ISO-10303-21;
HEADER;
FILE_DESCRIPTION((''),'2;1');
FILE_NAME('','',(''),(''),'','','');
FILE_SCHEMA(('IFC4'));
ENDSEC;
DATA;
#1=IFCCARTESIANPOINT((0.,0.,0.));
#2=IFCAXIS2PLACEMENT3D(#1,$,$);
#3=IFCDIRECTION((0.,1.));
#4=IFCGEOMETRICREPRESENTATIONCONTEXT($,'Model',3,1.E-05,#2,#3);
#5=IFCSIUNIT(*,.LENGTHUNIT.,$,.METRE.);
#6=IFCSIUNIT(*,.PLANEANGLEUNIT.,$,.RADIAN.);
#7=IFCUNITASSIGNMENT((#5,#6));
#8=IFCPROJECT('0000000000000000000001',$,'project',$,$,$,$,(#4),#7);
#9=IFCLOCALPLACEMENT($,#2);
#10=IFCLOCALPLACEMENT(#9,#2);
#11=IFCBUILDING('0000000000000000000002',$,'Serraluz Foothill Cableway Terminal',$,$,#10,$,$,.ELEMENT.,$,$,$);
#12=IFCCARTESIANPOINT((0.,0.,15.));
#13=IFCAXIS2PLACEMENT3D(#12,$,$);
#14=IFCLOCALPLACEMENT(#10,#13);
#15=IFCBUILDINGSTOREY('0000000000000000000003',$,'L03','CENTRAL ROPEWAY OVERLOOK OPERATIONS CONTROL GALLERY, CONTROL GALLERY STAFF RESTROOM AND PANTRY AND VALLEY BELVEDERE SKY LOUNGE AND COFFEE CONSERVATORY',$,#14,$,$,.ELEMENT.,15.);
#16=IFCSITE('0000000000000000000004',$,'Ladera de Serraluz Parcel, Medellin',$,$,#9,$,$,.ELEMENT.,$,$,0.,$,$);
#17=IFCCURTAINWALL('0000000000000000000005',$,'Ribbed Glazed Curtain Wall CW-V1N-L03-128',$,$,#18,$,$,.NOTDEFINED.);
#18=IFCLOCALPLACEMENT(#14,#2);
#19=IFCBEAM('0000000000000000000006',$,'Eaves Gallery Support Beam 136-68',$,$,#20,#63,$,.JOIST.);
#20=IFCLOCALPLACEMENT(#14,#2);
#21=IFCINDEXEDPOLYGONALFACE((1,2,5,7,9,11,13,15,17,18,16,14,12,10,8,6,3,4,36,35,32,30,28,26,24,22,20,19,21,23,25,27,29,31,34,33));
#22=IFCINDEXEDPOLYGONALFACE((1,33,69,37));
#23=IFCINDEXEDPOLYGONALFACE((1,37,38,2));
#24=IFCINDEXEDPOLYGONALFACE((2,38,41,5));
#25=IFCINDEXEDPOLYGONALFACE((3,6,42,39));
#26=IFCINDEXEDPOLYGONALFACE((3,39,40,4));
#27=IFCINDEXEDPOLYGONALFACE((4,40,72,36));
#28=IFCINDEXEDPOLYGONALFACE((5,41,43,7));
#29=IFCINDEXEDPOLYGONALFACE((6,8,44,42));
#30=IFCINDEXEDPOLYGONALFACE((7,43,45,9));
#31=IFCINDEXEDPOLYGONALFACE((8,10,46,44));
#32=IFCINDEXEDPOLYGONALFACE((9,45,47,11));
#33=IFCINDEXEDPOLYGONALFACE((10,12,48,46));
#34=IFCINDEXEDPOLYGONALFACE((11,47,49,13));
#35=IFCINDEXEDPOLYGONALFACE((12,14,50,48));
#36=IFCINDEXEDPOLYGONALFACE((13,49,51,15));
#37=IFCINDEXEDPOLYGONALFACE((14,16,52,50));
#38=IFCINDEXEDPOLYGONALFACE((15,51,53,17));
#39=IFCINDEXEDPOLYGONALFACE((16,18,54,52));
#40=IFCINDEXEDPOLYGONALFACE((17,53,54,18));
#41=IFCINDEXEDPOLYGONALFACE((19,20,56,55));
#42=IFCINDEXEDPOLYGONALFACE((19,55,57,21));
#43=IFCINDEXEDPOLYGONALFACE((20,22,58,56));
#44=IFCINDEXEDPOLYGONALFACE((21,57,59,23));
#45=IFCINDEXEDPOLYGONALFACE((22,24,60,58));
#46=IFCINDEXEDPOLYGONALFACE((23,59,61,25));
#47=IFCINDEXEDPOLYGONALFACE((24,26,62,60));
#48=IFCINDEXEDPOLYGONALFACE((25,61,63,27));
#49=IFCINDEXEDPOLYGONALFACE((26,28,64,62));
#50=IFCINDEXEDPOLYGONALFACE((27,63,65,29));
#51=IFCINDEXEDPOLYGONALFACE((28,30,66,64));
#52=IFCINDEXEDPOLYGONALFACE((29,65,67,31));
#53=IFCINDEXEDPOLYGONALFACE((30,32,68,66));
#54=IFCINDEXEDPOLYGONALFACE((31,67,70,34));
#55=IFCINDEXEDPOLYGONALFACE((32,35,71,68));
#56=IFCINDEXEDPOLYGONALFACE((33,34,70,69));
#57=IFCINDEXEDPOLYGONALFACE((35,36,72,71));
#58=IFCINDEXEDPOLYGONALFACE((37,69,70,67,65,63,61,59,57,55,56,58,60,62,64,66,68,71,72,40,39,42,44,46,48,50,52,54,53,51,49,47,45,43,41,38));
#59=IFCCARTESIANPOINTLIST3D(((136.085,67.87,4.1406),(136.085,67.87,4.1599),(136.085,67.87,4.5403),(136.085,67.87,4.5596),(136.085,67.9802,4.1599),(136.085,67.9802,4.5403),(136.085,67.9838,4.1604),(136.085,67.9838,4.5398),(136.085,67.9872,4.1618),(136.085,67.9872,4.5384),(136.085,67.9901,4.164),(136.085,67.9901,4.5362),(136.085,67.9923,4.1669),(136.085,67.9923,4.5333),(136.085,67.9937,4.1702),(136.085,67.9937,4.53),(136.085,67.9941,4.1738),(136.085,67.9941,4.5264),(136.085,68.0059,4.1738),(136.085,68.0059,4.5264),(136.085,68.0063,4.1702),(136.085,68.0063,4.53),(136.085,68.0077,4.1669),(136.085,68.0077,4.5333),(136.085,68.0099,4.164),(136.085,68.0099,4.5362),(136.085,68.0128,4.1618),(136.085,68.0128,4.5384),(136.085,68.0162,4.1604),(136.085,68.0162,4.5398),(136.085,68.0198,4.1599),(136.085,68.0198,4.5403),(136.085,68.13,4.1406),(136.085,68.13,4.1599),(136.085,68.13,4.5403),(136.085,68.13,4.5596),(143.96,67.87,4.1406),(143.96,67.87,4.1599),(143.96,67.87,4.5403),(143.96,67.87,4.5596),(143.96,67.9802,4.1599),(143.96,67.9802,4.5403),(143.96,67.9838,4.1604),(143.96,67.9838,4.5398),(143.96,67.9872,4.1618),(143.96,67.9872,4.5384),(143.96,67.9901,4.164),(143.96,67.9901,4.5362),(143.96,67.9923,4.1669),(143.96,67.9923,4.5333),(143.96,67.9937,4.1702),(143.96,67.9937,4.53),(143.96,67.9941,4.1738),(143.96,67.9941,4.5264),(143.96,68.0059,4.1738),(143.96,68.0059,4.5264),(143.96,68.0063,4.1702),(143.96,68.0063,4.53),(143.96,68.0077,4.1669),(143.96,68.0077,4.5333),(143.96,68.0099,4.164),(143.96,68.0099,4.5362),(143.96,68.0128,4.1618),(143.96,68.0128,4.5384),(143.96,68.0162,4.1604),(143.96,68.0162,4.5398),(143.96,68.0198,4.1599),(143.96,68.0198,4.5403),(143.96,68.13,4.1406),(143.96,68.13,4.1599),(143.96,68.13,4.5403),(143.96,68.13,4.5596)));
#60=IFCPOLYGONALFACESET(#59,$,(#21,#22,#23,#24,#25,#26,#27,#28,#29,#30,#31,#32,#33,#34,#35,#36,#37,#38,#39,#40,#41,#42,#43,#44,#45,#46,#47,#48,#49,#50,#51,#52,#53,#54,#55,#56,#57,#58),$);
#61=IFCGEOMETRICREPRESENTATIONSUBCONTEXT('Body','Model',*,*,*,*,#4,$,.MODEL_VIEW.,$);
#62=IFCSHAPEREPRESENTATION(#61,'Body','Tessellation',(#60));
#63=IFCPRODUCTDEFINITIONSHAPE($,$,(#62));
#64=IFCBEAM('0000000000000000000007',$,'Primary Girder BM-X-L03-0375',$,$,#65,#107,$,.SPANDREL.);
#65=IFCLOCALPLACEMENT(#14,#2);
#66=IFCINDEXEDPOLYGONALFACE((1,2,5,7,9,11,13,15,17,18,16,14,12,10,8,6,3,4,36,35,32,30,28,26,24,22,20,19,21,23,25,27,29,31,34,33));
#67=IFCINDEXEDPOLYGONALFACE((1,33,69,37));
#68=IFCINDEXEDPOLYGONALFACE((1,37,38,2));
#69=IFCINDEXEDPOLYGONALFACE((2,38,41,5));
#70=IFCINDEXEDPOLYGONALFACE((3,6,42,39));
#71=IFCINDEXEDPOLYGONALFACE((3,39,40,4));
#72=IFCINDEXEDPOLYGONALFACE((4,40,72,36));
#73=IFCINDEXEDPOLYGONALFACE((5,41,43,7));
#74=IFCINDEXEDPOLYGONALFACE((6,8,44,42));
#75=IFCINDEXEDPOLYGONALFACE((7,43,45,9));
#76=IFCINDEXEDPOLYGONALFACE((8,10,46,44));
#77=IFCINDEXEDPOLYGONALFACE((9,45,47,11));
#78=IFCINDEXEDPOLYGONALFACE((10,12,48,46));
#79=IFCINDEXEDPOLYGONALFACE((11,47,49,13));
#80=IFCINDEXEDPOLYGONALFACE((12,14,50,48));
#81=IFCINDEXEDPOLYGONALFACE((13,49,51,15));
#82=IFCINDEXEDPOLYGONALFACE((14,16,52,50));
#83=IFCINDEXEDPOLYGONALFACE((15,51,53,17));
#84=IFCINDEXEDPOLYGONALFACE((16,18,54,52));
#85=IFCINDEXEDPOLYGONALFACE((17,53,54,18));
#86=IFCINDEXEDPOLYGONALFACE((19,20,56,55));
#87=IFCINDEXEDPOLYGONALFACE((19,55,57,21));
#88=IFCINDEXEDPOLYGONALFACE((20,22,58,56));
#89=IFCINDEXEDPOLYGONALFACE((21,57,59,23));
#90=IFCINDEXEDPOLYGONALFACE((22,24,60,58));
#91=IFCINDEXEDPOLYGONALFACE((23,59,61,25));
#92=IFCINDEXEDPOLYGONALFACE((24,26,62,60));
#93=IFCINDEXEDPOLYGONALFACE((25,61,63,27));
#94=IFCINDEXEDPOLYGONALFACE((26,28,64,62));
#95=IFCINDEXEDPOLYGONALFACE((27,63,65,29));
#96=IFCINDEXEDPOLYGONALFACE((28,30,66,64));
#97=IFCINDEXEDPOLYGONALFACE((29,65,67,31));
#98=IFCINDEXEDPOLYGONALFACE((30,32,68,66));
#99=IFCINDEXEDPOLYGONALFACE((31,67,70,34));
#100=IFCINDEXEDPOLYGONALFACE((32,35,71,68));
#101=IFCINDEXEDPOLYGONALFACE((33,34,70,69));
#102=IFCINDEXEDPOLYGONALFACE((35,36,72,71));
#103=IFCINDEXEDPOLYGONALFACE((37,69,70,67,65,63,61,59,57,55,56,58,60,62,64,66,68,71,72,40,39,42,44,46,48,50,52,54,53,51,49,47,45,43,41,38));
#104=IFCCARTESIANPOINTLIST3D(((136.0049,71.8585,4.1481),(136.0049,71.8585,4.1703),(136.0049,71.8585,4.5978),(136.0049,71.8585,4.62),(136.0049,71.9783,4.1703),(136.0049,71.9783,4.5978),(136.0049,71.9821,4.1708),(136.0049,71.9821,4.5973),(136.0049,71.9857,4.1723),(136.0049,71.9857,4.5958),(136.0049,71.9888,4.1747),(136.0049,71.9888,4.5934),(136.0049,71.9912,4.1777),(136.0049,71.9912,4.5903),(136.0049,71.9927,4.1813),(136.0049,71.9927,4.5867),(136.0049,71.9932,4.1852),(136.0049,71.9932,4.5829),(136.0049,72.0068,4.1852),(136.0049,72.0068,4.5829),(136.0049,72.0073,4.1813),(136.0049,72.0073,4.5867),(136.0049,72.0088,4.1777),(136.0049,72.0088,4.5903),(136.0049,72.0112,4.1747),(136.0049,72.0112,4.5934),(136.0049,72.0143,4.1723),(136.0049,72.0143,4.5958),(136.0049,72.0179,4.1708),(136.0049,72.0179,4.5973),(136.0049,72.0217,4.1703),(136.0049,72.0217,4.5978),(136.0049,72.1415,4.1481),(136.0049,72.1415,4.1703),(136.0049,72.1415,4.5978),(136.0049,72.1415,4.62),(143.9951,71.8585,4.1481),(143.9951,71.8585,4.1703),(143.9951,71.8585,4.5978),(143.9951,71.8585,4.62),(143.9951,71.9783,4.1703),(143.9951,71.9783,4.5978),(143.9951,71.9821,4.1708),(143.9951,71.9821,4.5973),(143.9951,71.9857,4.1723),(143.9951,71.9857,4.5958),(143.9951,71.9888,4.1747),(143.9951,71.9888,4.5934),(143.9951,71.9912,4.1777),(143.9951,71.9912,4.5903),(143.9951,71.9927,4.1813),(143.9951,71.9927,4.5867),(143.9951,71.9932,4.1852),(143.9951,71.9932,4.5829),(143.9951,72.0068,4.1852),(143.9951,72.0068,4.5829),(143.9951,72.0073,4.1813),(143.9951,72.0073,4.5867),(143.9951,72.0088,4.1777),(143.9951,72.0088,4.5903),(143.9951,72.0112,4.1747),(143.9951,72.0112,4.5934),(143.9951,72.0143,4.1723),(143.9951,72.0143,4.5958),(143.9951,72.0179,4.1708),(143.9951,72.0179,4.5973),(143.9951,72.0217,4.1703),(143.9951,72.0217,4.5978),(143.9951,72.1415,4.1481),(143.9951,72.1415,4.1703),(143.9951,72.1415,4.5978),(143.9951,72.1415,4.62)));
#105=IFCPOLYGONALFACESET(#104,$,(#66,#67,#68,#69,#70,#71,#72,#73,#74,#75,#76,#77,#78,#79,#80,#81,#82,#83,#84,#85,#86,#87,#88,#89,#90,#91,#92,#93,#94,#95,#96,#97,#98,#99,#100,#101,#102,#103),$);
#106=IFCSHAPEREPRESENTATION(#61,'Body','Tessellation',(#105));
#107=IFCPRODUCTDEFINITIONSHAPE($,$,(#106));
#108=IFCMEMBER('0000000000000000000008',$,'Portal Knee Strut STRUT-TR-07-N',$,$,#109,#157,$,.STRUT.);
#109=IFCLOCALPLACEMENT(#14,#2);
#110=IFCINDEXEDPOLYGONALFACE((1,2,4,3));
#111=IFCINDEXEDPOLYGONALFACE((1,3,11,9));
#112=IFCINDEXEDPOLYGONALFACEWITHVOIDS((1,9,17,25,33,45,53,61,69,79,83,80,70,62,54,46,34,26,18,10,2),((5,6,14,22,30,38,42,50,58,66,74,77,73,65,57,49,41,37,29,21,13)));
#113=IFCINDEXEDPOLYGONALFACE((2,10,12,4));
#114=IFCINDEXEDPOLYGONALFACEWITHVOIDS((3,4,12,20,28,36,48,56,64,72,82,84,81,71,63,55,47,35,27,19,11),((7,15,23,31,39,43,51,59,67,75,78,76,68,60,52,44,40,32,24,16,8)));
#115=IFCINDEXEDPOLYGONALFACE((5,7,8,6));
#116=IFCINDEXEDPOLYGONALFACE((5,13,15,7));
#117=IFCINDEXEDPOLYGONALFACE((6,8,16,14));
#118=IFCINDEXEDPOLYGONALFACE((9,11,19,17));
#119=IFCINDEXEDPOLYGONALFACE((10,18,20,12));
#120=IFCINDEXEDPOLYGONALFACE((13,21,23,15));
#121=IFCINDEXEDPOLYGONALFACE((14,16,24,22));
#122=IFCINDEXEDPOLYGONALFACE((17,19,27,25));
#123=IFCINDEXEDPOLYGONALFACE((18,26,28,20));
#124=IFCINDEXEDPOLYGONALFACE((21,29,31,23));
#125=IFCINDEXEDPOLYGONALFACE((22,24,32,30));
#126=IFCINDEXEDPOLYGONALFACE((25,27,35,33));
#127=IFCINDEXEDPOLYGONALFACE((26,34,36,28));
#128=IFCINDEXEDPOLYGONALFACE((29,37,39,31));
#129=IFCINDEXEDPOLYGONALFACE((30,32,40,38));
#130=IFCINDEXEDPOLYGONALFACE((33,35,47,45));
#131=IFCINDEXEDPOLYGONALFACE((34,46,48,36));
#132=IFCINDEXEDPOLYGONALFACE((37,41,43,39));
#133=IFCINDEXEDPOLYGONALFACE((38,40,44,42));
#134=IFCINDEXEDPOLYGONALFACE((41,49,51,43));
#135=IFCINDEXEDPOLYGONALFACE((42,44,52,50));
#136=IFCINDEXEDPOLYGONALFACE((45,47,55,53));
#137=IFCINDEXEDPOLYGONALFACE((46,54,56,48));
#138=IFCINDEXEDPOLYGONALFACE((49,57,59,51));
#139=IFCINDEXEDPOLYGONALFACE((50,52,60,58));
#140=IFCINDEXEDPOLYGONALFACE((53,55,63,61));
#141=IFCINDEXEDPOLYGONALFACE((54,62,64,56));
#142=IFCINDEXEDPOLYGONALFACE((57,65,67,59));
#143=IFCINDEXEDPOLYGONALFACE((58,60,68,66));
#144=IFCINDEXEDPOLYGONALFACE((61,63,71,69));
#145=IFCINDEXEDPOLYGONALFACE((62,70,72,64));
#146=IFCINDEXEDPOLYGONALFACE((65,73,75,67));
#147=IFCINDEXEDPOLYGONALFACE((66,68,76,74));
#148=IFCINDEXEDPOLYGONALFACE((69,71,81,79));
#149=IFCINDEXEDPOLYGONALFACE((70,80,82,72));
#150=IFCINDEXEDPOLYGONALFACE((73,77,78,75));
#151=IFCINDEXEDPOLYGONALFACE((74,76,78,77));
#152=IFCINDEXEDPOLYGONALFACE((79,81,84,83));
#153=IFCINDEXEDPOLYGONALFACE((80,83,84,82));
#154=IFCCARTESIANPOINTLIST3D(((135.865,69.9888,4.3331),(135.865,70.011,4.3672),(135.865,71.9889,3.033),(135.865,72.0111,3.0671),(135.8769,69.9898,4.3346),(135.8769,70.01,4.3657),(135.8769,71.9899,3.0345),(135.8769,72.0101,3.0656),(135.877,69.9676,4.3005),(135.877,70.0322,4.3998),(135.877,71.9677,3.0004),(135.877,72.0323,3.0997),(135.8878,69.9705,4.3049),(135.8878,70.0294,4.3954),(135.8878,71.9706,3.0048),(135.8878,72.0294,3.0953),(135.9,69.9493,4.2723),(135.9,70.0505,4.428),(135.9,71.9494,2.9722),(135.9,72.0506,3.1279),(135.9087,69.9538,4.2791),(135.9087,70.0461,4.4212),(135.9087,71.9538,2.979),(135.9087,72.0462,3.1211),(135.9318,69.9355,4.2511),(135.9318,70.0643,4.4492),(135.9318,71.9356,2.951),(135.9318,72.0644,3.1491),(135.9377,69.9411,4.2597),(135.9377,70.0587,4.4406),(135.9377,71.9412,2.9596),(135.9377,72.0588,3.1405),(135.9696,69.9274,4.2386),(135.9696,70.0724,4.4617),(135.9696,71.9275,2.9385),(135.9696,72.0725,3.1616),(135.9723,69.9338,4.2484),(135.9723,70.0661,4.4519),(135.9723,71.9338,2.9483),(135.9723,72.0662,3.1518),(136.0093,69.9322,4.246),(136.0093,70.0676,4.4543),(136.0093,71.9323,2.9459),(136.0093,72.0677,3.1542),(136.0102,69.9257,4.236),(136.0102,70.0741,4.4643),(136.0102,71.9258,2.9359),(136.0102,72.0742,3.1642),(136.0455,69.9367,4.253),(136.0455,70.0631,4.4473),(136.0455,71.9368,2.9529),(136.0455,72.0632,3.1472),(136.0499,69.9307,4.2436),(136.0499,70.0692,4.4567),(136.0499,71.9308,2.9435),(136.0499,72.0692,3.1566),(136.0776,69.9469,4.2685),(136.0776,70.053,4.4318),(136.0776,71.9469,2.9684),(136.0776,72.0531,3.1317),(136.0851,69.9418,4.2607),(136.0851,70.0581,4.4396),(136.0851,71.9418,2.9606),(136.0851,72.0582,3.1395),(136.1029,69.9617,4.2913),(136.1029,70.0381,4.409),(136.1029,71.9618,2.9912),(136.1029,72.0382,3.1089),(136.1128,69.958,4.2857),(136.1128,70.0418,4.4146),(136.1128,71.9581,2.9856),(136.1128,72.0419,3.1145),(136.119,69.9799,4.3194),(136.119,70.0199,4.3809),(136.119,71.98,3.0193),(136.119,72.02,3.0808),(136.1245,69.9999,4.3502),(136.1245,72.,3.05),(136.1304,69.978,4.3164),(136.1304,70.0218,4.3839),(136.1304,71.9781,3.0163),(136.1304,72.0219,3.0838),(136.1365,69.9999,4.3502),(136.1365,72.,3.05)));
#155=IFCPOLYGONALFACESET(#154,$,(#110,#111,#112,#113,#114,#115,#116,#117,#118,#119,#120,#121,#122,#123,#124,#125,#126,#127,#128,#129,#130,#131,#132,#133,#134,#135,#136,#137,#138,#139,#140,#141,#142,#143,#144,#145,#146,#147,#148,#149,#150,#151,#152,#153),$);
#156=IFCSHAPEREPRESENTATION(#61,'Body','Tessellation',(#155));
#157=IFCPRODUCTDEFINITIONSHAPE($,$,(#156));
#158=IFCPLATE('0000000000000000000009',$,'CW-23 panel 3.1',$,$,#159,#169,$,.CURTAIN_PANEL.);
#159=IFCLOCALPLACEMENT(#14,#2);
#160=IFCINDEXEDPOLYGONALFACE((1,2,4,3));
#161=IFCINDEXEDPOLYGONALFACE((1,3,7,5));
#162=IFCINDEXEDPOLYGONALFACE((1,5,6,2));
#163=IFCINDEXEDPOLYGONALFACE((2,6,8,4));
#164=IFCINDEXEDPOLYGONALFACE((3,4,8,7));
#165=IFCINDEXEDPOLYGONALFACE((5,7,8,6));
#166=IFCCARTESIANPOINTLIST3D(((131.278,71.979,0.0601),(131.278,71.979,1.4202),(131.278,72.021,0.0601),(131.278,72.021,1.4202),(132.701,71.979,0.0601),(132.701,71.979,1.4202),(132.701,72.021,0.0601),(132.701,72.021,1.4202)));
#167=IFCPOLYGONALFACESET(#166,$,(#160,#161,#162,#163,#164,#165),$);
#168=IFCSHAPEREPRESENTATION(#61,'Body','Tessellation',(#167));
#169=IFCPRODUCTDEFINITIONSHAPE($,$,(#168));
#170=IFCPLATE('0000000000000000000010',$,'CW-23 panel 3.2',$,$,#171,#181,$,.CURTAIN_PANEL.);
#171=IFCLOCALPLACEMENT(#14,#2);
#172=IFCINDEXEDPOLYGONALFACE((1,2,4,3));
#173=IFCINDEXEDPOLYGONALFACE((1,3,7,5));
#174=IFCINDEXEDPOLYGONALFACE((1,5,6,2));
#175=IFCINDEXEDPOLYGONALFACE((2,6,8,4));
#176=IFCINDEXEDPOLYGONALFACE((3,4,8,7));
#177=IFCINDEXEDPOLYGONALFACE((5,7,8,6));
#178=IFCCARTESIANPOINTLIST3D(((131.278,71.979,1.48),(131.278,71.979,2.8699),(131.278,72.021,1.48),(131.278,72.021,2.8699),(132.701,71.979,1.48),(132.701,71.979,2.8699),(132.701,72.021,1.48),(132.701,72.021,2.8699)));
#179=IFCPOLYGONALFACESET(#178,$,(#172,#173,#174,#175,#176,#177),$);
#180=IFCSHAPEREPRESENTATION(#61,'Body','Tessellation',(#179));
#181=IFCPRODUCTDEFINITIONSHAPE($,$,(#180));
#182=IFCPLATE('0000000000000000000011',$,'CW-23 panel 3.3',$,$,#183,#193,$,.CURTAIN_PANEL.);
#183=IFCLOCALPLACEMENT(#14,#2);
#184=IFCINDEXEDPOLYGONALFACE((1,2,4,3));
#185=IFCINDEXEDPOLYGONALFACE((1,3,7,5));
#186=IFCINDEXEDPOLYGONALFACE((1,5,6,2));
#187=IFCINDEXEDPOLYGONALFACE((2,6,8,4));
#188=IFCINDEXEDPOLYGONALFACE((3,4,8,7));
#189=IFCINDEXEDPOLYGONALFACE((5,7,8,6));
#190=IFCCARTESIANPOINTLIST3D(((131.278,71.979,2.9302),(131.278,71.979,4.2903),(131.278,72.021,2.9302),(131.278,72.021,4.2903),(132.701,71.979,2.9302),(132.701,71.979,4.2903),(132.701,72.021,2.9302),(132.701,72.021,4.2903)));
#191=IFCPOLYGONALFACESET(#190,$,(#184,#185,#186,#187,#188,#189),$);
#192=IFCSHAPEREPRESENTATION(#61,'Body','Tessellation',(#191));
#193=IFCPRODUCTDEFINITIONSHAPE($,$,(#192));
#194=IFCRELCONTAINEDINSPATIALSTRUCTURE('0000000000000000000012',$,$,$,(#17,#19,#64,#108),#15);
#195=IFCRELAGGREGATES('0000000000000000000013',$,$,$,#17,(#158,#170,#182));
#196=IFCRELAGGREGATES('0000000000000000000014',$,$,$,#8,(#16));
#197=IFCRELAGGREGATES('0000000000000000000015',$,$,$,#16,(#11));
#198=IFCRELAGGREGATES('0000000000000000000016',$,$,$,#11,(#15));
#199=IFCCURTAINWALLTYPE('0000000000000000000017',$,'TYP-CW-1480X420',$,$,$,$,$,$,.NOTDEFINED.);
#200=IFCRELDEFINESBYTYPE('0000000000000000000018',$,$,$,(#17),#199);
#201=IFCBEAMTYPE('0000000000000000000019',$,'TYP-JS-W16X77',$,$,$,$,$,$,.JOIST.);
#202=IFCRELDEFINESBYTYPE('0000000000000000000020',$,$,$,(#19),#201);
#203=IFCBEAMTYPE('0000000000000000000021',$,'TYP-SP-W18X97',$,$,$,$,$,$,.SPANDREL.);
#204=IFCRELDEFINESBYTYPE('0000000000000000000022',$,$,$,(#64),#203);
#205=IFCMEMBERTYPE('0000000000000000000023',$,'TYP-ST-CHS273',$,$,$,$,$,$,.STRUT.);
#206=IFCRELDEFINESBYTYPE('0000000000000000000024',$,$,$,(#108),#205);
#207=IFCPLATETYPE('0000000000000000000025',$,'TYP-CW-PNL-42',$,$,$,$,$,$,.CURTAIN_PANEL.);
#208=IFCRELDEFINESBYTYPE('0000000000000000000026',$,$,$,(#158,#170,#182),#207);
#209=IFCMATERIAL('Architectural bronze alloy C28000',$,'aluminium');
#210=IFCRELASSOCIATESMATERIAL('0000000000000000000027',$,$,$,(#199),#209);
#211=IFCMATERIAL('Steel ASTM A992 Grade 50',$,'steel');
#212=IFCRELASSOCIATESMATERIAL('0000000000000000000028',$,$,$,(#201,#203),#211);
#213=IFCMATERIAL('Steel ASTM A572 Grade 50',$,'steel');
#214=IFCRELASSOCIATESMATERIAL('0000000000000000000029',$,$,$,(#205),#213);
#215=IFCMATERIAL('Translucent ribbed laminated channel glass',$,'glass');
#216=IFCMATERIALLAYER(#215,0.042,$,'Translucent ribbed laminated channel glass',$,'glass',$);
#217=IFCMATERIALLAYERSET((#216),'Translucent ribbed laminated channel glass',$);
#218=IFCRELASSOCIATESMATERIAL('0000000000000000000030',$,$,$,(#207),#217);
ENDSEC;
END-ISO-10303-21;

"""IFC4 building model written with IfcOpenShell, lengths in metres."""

from ifc_helpers import new_model, si_unit, direction, frame, origin, origin_2d, place, context, subcontext, project, spatial, rectangle, hollow_circle, i_section, extrude, material, layer, layer_set, material_profile, profile_set, type_object, element, aggregate, save


model = new_model("IFC4")

# Units and contexts
model_context = context("Model", 3, precision=1e-05, world=origin(), true_north=direction((0.0, 1.0)))
body_context = subcontext(model_context, "Body", "Model", "MODEL_VIEW")
ifc_project = project(units=[si_unit("LENGTHUNIT", "METRE"), si_unit("PLANEANGLEUNIT", "RADIAN")], contexts=[model_context])

# Site, building, storey
site_placement = place(None, origin())
site = spatial("IfcSite", under=ifc_project, at=site_placement, Name="Ladera de Serraluz Parcel, Medellin", CompositionType="ELEMENT", RefElevation=0.0)
building_placement = place(site_placement, origin())
building = spatial("IfcBuilding", under=site, at=building_placement, Name="Serraluz Foothill Cableway Terminal", CompositionType="ELEMENT")
storey_placement = place(building_placement, frame((0.0, 0.0, 15.0)))
storey = spatial("IfcBuildingStorey", under=building, at=storey_placement, Name="L03", Description="CENTRAL ROPEWAY OVERLOOK OPERATIONS CONTROL GALLERY, CONTROL GALLERY STAFF RESTROOM AND PANTRY AND VALLEY BELVEDERE SKY LOUNGE AND COFFEE CONSERVATORY", CompositionType="ELEMENT", Elevation=15.0)

# Shared definitions
ifc_material_1 = material(Name="Steel ASTM A992 Grade 50", Category="steel")

# Curtain wall
ifc_material_2 = material(Name="Architectural bronze alloy C28000", Category="aluminium")
curtain_wall_type_1 = type_object("IfcCurtainWallType", Name="TYP-CW-1480X420", PredefinedType="NOTDEFINED", material=ifc_material_2)
curtain_wall_1_placement = place(storey_placement, origin())
curtain_wall_1 = element("IfcCurtainWall", 1, at=curtain_wall_1_placement, inside=storey, type_object=curtain_wall_type_1, Name="Ribbed Glazed Curtain Wall CW-V1N-L03-128", PredefinedType="NOTDEFINED")

# Beams
ifc_material_profile_1 = material_profile(ifc_material_1, i_section(OverallWidth=0.26, OverallDepth=0.4189, WebThickness=0.0117, FlangeThickness=0.0193, FilletRadius=0.0139, at=origin_2d()), Name="W16X77")
ifc_profile_set_1 = profile_set([ifc_material_profile_1], Name="Steel ASTM A992 Grade 50")
beam_type_1 = type_object("IfcBeamType", Name="TYP-JS-W16X77", PredefinedType="JOIST", material=ifc_profile_set_1)
for number, where, z_axis, x_axis, name in (
    (2, (136.085, 68.0, 4.3501), (1.0, 0.0, 0.0), (0.0, 1.0, 0.0), "Eaves Gallery Support Beam 136-68"),
):
    element("IfcBeam", number, at=place(storey_placement, frame(where, z_axis=z_axis, x_axis=x_axis)), inside=storey, type_object=beam_type_1, Name=name, PredefinedType="JOIST", context=body_context, shape_type="SweptSolid", body=[
        extrude(i_section(OverallWidth=0.26, OverallDepth=0.4189, WebThickness=0.0117, FlangeThickness=0.0193, FilletRadius=0.0139, at=origin_2d()), origin(), (0.0, 0.0, 1.0), 7.875),
    ])
ifc_material_profile_2 = material_profile(ifc_material_1, i_section(OverallWidth=0.283, OverallDepth=0.4719, WebThickness=0.0137, FlangeThickness=0.0222, FilletRadius=0.0149, at=origin_2d()), Name="W18X97")
ifc_profile_set_2 = profile_set([ifc_material_profile_2], Name="Steel ASTM A992 Grade 50")
beam_type_2 = type_object("IfcBeamType", Name="TYP-SP-W18X97", PredefinedType="SPANDREL", material=ifc_profile_set_2)
beam_placement = place(storey_placement, frame((136.0049, 72.0, 4.384), z_axis=(1.0, 0.0, 0.0), x_axis=(0.0, 1.0, 0.0)))
element("IfcBeam", 3, at=beam_placement, inside=storey, type_object=beam_type_2, Name="Primary Girder BM-X-L03-0375", PredefinedType="SPANDREL", context=body_context, shape_type="SweptSolid", body=[
    extrude(i_section(OverallWidth=0.283, OverallDepth=0.4719, WebThickness=0.0137, FlangeThickness=0.0222, FilletRadius=0.0149, at=origin_2d()), origin(), (0.0, 0.0, 1.0), 7.9902),
])

# Member
ifc_material_3 = material(Name="Steel ASTM A572 Grade 50", Category="steel")
ifc_material_profile_3 = material_profile(ifc_material_3, hollow_circle(Radius=0.1365, WallThickness=0.012, at=origin_2d()), Name="CHS273X12")
ifc_profile_set_3 = profile_set([ifc_material_profile_3], Name="Steel ASTM A572 Grade 50")
member_type_1 = type_object("IfcMemberType", Name="TYP-ST-CHS273", PredefinedType="STRUT", material=ifc_profile_set_3)
member_1_placement = place(storey_placement, frame((136.0, 72.0, 3.05), z_axis=(0.0, -0.838434, 0.545003), x_axis=(1.0, 0.0, 0.0)))
element("IfcMember", 4, at=member_1_placement, inside=storey, type_object=member_type_1, Name="Portal Knee Strut STRUT-TR-07-N", PredefinedType="STRUT", context=body_context, shape_type="SweptSolid", body=[
    extrude(hollow_circle(Radius=0.1365, WallThickness=0.012, at=origin_2d()), origin(), (0.0, 0.0, 1.0), 2.3855),
])

# Plates
ifc_material_4 = material(Name="Translucent ribbed laminated channel glass", Category="glass")
ifc_layer_1 = layer(ifc_material_4, 0.042, Name="Translucent ribbed laminated channel glass", Category="glass")
ifc_layer_set_1 = layer_set([ifc_layer_1], Name="Translucent ribbed laminated channel glass")
plate_type_1 = type_object("IfcPlateType", Name="TYP-CW-PNL-42", PredefinedType="CURTAIN_PANEL", material=ifc_layer_set_1)
plate_1_placement = place(storey_placement, frame((131.9895, 72.0, 0.0601), z_axis=(0.0, 0.0, 1.0), x_axis=(1.0, 0.0, 0.0)))
plate_1 = element("IfcPlate", 5, at=plate_1_placement, type_object=plate_type_1, Name="CW-23 panel 3.1", PredefinedType="CURTAIN_PANEL", context=body_context, shape_type="SweptSolid", body=[
    extrude(rectangle(XDim=1.4231, YDim=0.042, at=origin_2d()), origin(), (0.0, 0.0, 1.0), 1.3601),
])
plate_2_placement = place(storey_placement, frame((131.9895, 72.0, 1.48), z_axis=(0.0, 0.0, 1.0), x_axis=(1.0, 0.0, 0.0)))
plate_2 = element("IfcPlate", 6, at=plate_2_placement, type_object=plate_type_1, Name="CW-23 panel 3.2", PredefinedType="CURTAIN_PANEL", context=body_context, shape_type="SweptSolid", body=[
    extrude(rectangle(XDim=1.4231, YDim=0.042, at=origin_2d()), origin(), (0.0, 0.0, 1.0), 1.3899),
])
plate_3_placement = place(storey_placement, frame((131.9895, 72.0, 2.9302), z_axis=(0.0, 0.0, 1.0), x_axis=(1.0, 0.0, 0.0)))
plate_3 = element("IfcPlate", 7, at=plate_3_placement, type_object=plate_type_1, Name="CW-23 panel 3.3", PredefinedType="CURTAIN_PANEL", context=body_context, shape_type="SweptSolid", body=[
    extrude(rectangle(XDim=1.4231, YDim=0.042, at=origin_2d()), origin(), (0.0, 0.0, 1.0), 1.3601),
])
aggregate(curtain_wall_1, [plate_1, plate_2, plate_3])

save(model, "model.ifc")
